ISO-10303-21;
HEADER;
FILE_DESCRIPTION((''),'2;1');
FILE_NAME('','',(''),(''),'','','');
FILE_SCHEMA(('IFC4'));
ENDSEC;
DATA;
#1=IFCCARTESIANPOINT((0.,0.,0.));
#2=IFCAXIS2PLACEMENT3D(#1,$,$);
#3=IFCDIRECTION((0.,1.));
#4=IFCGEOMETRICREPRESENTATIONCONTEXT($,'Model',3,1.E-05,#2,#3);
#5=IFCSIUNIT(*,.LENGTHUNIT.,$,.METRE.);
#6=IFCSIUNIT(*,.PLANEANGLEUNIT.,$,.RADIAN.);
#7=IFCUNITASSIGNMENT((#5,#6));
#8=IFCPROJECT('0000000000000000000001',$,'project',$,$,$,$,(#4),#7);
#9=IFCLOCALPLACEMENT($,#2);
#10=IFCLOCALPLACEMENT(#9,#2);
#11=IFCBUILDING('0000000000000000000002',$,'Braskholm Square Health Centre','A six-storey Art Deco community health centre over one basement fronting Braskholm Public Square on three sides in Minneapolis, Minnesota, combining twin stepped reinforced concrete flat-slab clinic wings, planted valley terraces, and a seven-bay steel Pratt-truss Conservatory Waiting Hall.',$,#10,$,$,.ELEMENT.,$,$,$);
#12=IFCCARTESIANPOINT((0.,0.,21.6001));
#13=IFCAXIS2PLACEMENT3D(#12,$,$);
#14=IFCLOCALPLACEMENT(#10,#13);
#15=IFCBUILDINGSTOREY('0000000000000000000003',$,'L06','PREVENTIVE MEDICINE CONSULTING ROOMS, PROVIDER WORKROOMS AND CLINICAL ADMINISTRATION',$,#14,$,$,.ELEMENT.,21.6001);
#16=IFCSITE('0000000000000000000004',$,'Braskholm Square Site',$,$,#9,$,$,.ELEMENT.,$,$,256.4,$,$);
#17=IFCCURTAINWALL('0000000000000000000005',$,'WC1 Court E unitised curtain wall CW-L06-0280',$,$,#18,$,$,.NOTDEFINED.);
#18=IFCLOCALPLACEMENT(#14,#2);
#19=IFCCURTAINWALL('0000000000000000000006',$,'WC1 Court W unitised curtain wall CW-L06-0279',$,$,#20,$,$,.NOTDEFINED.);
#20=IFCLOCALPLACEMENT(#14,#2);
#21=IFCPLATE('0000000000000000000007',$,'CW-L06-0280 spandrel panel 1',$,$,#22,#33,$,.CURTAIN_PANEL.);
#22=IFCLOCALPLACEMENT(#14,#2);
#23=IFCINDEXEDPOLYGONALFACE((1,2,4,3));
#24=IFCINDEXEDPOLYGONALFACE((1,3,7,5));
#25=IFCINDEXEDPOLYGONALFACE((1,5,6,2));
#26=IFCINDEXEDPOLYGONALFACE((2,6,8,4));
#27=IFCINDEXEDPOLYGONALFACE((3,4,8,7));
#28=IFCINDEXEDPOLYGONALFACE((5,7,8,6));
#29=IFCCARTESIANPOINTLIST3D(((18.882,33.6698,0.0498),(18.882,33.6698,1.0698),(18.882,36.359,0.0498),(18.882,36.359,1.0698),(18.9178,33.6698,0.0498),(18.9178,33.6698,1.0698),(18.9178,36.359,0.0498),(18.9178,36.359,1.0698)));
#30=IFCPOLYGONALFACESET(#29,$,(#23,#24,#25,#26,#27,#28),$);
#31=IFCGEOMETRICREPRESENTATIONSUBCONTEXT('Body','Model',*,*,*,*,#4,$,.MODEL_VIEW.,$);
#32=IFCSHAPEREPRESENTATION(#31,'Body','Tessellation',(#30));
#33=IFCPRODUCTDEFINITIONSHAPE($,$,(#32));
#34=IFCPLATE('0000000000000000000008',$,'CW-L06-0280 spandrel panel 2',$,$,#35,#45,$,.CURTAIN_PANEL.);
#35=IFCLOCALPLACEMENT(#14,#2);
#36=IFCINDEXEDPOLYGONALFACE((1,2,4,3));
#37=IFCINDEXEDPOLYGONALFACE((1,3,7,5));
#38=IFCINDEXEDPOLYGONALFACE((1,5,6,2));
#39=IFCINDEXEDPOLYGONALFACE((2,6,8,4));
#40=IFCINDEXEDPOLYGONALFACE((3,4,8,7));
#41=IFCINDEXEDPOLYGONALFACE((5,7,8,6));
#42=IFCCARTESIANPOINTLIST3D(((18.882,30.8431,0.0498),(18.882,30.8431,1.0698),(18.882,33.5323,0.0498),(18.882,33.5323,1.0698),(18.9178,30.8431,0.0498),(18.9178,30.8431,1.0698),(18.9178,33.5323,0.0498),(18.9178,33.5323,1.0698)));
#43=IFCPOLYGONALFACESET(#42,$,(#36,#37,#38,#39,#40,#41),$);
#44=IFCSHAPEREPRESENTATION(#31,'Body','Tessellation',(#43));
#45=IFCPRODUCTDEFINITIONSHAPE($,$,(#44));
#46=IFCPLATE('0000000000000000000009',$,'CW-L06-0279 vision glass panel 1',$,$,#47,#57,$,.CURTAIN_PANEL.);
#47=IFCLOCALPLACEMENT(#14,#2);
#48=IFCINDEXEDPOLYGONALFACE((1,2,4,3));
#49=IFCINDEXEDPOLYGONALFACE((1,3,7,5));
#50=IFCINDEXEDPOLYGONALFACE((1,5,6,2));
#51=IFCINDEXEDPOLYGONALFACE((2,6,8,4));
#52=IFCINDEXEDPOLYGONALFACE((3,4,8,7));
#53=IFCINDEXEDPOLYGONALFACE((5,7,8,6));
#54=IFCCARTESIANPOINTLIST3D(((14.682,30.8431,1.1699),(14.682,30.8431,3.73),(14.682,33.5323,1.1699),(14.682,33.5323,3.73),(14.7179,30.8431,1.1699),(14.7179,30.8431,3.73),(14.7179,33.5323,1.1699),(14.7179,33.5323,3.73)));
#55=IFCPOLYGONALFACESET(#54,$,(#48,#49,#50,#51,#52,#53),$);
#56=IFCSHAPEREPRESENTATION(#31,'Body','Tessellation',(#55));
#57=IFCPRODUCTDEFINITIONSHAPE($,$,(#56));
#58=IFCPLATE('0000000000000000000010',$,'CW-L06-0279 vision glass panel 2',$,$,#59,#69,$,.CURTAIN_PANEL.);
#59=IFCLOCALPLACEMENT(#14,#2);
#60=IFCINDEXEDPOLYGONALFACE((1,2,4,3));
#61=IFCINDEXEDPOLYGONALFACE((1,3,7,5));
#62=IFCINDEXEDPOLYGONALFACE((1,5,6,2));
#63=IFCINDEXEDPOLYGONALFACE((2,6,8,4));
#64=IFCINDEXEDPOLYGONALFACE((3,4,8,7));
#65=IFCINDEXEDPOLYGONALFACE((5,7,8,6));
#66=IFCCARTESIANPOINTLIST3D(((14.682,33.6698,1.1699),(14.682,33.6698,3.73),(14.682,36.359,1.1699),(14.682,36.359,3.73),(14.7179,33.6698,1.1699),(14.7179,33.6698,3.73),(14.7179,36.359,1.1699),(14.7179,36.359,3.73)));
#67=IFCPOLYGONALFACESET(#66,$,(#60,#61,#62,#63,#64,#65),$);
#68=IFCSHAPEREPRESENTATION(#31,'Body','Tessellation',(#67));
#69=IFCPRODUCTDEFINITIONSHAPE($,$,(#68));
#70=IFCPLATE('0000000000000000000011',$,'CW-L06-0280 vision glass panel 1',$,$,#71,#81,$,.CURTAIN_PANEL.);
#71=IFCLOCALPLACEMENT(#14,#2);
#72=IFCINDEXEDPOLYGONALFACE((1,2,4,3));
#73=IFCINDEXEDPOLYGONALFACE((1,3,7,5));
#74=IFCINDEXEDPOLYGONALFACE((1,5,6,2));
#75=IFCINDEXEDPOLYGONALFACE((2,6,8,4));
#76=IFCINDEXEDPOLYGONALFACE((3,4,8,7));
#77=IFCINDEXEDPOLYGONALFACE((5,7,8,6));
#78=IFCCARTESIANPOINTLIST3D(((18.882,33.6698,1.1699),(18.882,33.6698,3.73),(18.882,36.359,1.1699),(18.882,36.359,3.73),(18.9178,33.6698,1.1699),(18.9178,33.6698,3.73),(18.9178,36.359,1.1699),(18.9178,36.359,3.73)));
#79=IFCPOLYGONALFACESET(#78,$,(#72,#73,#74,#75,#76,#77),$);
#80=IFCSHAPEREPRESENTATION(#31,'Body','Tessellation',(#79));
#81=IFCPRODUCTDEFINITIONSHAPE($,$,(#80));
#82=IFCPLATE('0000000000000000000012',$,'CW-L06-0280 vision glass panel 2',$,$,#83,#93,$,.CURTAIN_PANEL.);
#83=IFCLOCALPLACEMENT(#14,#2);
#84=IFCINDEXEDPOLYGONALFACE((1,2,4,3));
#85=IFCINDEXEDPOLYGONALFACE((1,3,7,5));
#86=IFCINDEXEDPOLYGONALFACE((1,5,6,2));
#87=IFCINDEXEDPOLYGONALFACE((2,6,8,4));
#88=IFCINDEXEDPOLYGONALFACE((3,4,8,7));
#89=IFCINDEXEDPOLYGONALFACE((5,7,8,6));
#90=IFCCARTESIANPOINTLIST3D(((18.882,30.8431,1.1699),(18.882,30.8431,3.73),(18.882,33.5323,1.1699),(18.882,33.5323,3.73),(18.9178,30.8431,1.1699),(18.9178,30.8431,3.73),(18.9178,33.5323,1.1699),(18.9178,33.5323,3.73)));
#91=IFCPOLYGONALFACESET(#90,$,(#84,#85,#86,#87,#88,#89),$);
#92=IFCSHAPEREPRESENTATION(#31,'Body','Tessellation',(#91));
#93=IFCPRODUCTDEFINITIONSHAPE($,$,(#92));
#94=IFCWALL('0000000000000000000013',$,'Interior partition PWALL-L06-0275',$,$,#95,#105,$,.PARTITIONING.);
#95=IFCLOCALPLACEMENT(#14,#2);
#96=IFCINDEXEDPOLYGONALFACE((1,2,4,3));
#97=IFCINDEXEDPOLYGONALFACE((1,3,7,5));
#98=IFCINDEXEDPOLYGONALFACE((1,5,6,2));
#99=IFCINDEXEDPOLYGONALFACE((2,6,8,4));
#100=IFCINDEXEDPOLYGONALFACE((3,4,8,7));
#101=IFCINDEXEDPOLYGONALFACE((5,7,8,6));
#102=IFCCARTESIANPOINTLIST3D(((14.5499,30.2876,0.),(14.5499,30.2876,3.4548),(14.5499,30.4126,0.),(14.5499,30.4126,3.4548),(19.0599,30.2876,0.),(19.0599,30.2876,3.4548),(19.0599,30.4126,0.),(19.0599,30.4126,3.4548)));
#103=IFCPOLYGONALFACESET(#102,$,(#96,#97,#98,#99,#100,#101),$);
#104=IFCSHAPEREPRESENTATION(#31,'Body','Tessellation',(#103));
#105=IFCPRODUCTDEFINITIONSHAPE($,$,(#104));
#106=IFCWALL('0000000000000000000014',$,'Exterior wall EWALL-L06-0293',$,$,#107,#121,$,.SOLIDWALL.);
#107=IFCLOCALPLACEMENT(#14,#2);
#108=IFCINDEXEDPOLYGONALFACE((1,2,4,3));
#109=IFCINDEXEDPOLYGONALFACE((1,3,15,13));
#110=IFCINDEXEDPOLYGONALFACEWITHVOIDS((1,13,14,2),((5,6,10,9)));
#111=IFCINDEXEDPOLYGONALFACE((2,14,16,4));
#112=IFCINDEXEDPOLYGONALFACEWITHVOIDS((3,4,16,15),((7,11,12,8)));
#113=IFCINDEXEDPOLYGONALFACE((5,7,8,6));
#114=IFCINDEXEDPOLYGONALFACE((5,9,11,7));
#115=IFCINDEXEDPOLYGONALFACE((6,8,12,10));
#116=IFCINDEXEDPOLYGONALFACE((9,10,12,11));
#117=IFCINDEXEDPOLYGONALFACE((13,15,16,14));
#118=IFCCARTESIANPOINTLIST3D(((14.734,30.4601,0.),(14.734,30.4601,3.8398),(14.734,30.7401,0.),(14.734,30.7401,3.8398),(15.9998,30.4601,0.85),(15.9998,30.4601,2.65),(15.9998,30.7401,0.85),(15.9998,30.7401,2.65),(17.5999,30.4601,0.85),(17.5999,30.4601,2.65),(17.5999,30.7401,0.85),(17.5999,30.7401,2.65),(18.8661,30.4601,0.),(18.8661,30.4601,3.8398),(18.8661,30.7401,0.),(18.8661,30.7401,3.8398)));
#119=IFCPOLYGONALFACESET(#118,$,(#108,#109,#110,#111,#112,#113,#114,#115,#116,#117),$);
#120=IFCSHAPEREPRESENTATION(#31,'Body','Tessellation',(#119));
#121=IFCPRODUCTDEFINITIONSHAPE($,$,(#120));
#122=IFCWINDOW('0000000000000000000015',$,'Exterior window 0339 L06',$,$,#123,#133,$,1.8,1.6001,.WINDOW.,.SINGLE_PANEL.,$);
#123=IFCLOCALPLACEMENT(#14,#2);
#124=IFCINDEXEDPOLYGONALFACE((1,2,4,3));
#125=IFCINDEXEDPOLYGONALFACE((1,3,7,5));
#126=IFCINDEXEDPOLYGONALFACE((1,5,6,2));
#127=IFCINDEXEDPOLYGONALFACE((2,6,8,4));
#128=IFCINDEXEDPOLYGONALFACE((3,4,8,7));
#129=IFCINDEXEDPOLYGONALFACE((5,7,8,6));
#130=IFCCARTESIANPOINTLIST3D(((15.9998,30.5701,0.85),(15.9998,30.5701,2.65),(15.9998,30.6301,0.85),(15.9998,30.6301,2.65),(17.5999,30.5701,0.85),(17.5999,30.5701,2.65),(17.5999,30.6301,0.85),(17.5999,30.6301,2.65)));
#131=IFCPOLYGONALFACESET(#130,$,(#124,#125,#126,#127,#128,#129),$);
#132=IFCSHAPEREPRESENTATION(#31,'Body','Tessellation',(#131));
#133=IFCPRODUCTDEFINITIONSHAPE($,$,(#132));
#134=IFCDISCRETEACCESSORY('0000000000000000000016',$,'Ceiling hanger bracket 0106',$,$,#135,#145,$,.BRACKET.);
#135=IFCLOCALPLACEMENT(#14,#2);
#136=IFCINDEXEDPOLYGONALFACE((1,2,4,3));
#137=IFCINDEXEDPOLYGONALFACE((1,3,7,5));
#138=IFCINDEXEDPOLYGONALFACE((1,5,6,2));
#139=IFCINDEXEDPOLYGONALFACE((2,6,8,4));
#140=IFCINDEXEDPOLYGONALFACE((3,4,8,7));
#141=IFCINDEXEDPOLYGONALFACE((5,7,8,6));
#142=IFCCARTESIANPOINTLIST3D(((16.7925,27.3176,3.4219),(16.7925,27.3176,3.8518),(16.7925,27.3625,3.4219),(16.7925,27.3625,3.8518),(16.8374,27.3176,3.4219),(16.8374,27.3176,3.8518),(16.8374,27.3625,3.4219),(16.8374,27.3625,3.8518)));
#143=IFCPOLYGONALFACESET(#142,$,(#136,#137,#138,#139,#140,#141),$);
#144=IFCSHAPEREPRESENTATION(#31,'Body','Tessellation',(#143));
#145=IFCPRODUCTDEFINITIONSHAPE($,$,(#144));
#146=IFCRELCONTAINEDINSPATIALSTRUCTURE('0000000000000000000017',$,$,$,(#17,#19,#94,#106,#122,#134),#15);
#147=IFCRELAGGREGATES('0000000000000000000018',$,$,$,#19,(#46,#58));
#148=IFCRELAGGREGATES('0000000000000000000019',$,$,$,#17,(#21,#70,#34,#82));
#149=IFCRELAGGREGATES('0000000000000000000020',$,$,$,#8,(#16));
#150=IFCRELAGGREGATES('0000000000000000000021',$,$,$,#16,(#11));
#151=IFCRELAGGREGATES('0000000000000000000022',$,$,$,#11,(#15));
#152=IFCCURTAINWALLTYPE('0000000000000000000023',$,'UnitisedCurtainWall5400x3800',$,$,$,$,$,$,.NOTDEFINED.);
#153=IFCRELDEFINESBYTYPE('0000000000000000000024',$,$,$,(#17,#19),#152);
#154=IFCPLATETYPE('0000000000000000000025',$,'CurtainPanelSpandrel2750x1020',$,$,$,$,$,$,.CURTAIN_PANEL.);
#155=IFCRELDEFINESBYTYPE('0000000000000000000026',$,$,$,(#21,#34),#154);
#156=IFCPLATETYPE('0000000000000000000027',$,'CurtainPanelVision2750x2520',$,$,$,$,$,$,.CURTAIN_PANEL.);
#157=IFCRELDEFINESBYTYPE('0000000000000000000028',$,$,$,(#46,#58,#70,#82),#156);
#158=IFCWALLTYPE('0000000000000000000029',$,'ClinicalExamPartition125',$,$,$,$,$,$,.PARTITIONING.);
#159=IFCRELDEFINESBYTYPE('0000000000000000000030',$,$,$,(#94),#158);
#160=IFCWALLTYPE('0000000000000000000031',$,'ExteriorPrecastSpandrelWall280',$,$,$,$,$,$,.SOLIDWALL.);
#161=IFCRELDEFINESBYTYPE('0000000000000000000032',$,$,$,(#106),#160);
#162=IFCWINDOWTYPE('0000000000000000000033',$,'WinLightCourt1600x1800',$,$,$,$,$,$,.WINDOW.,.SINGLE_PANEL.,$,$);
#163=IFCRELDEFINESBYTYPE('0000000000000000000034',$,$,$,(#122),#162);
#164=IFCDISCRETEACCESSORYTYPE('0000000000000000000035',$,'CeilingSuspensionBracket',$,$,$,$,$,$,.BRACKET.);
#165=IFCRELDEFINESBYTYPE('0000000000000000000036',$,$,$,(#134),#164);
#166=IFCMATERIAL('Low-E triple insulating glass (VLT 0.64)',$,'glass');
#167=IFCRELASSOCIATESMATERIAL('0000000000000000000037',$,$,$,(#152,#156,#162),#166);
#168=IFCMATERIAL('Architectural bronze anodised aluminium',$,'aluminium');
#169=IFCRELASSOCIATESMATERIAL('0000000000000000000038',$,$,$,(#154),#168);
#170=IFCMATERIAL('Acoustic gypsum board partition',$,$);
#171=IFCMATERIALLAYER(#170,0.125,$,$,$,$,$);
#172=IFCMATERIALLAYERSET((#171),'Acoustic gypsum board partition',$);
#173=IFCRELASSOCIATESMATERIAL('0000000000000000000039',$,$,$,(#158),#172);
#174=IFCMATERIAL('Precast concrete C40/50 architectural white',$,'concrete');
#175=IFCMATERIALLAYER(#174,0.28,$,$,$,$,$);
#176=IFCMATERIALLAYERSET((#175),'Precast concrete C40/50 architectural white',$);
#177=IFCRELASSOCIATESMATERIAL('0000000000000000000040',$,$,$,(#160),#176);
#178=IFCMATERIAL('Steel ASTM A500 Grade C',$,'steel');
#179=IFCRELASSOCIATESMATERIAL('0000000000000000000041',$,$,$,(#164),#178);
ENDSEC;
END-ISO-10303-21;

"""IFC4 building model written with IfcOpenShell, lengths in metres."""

from ifc_helpers import new_model, si_unit, direction, frame, frame_2d, origin, origin_with_axes, origin_2d, place, context, subcontext, project, spatial, rectangle, extrude, material, layer, layer_set, type_object, element, fill, aggregate, save


model = new_model("IFC4")

# Units and contexts
model_context = context("Model", 3, precision=1e-05, world=origin(), true_north=direction((0.0, 1.0)))
body_context = subcontext(model_context, "Body", "Model", "MODEL_VIEW")
ifc_project = project(units=[si_unit("LENGTHUNIT", "METRE"), si_unit("PLANEANGLEUNIT", "RADIAN")], contexts=[model_context])

# Site, building, storey
site_placement = place(None, origin())
site = spatial("IfcSite", under=ifc_project, at=site_placement, Name="Braskholm Square Site", CompositionType="ELEMENT", RefElevation=256.4)
building_placement = place(site_placement, origin())
building = spatial("IfcBuilding", under=site, at=building_placement, Name="Braskholm Square Health Centre", Description="A six-storey Art Deco community health centre over one basement fronting Braskholm Public Square on three sides in Minneapolis, Minnesota, combining twin stepped reinforced concrete flat-slab clinic wings, planted valley terraces, and a seven-bay steel Pratt-truss Conservatory Waiting Hall.", CompositionType="ELEMENT")
storey_placement = place(building_placement, frame((0.0, 0.0, 21.6001)))
storey = spatial("IfcBuildingStorey", under=building, at=storey_placement, Name="L06", Description="PREVENTIVE MEDICINE CONSULTING ROOMS, PROVIDER WORKROOMS AND CLINICAL ADMINISTRATION", CompositionType="ELEMENT", Elevation=21.6001)

# Curtain walls
ifc_material_1 = material(Name="Low-E triple insulating glass (VLT 0.64)", Category="glass")
curtain_wall_type = type_object("IfcCurtainWallType", Name="UnitisedCurtainWall5400x3800", PredefinedType="NOTDEFINED", material=ifc_material_1)
curtain_wall_1_placement = place(storey_placement, origin())
curtain_wall_1 = element("IfcCurtainWall", 1, at=curtain_wall_1_placement, inside=storey, type_object=curtain_wall_type, Name="WC1 Court E unitised curtain wall CW-L06-0280", PredefinedType="NOTDEFINED")
ifc_material_2 = material(Name="Architectural bronze anodised aluminium", Category="aluminium")
curtain_wall_2_placement = place(storey_placement, origin())
curtain_wall_2 = element("IfcCurtainWall", 2, at=curtain_wall_2_placement, inside=storey, type_object=curtain_wall_type, Name="WC1 Court W unitised curtain wall CW-L06-0279", PredefinedType="NOTDEFINED")

# Plates
plate_type_1 = type_object("IfcPlateType", Name="CurtainPanelSpandrel2750x1020", PredefinedType="CURTAIN_PANEL", material=ifc_material_2)
plate_1_placement = place(storey_placement, frame((18.8999, 35.0144, 0.0498), z_axis=(0.0, 0.0, 1.0), x_axis=(0.0, -1.0, 0.0)))
plate_1 = element("IfcPlate", 3, at=plate_1_placement, type_object=plate_type_1, Name="CW-L06-0280 spandrel panel 1", PredefinedType="CURTAIN_PANEL", context=body_context, shape_type="SweptSolid", body=[
    extrude(rectangle(XDim=2.6892, YDim=0.0359, at=origin_2d()), origin(), (0.0, 0.0, 1.0), 1.02),
])
plate_2_placement = place(storey_placement, frame((18.8999, 32.1877, 0.0498), z_axis=(0.0, 0.0, 1.0), x_axis=(0.0, -1.0, 0.0)))
plate_2 = element("IfcPlate", 4, at=plate_2_placement, type_object=plate_type_1, Name="CW-L06-0280 spandrel panel 2", PredefinedType="CURTAIN_PANEL", context=body_context, shape_type="SweptSolid", body=[
    extrude(rectangle(XDim=2.6892, YDim=0.0359, at=origin_2d()), origin(), (0.0, 0.0, 1.0), 1.02),
])
plate_type_2 = type_object("IfcPlateType", Name="CurtainPanelVision2750x2520", PredefinedType="CURTAIN_PANEL", material=ifc_material_1)
plate_3_placement = place(storey_placement, frame((14.7, 32.1877, 1.1699), z_axis=(0.0, 0.0, 1.0), x_axis=(0.0, 1.0, 0.0)))
plate_3 = element("IfcPlate", 5, at=plate_3_placement, type_object=plate_type_2, Name="CW-L06-0279 vision glass panel 1", PredefinedType="CURTAIN_PANEL", context=body_context, shape_type="SweptSolid", body=[
    extrude(rectangle(XDim=2.6892, YDim=0.0359, at=origin_2d()), origin(), (0.0, 0.0, 1.0), 2.5601),
])
plate_4_placement = place(storey_placement, frame((14.7, 35.0144, 1.1699), z_axis=(0.0, 0.0, 1.0), x_axis=(0.0, 1.0, 0.0)))
plate_4 = element("IfcPlate", 6, at=plate_4_placement, type_object=plate_type_2, Name="CW-L06-0279 vision glass panel 2", PredefinedType="CURTAIN_PANEL", context=body_context, shape_type="SweptSolid", body=[
    extrude(rectangle(XDim=2.6892, YDim=0.0359, at=origin_2d()), origin(), (0.0, 0.0, 1.0), 2.5601),
])
aggregate(curtain_wall_2, [plate_3, plate_4])
plate_5_placement = place(storey_placement, frame((18.8999, 35.0144, 1.1699), z_axis=(0.0, 0.0, 1.0), x_axis=(0.0, -1.0, 0.0)))
plate_5 = element("IfcPlate", 7, at=plate_5_placement, type_object=plate_type_2, Name="CW-L06-0280 vision glass panel 1", PredefinedType="CURTAIN_PANEL", context=body_context, shape_type="SweptSolid", body=[
    extrude(rectangle(XDim=2.6892, YDim=0.0359, at=origin_2d()), origin(), (0.0, 0.0, 1.0), 2.5601),
])
plate_6_placement = place(storey_placement, frame((18.8999, 32.1877, 1.1699), z_axis=(0.0, 0.0, 1.0), x_axis=(0.0, -1.0, 0.0)))
plate_6 = element("IfcPlate", 8, at=plate_6_placement, type_object=plate_type_2, Name="CW-L06-0280 vision glass panel 2", PredefinedType="CURTAIN_PANEL", context=body_context, shape_type="SweptSolid", body=[
    extrude(rectangle(XDim=2.6892, YDim=0.0359, at=origin_2d()), origin(), (0.0, 0.0, 1.0), 2.5601),
])
aggregate(curtain_wall_1, [plate_1, plate_5, plate_2, plate_6])

# Wall
ifc_material_3 = material(Name="Acoustic gypsum board partition")
ifc_layer_1 = layer(ifc_material_3, 0.125)
ifc_layer_set_1 = layer_set([ifc_layer_1], Name="Acoustic gypsum board partition")
wall_type_1 = type_object("IfcWallType", Name="ClinicalExamPartition125", PredefinedType="PARTITIONING", material=ifc_layer_set_1)
wall_1_placement = place(storey_placement, frame((14.55, 30.3501, 0.0), z_axis=(0.0, 0.0, 1.0), x_axis=(1.0, 0.0, 0.0)))
element("IfcWall", 9, at=wall_1_placement, inside=storey, type_object=wall_type_1, Name="Interior partition PWALL-L06-0275", PredefinedType="PARTITIONING", context=body_context, shape_type="SweptSolid", body=[
    extrude(rectangle(XDim=4.51, YDim=0.125, at=frame_2d((2.2549, 0.0))), origin(), (0.0, 0.0, 1.0), 3.4548),
])

# Wall, opening, window
ifc_material_4 = material(Name="Precast concrete C40/50 architectural white", Category="concrete")
ifc_layer_2 = layer(ifc_material_4, 0.28)
ifc_layer_set_2 = layer_set([ifc_layer_2], Name="Precast concrete C40/50 architectural white")
wall_type_2 = type_object("IfcWallType", Name="ExteriorPrecastSpandrelWall280", PredefinedType="SOLIDWALL", material=ifc_layer_set_2)
wall_2_placement = place(storey_placement, frame((18.866, 30.6001, 0.0), z_axis=(0.0, 0.0, 1.0), x_axis=(-1.0, 0.0, 0.0)))
wall_2 = element("IfcWall", 10, at=wall_2_placement, inside=storey, type_object=wall_type_2, Name="Exterior wall EWALL-L06-0293", PredefinedType="SOLIDWALL", context=body_context, shape_type="SweptSolid", body=[
    extrude(rectangle(XDim=4.1321, YDim=0.28, at=frame_2d((2.0659, 0.0))), origin(), (0.0, 0.0, 1.0), 3.8398),
])
opening_placement = place(wall_2_placement, frame((1.2661, 0.0, 0.8501)))
opening = element("IfcOpeningElement", 11, at=opening_placement, cuts=wall_2, PredefinedType="OPENING", context=body_context, shape_type="SweptSolid", body=[
    extrude(rectangle(XDim=1.6001, YDim=1.8, at=frame_2d((0.8, 0.8999))), frame((0.0, 0.1499, 0.0), z_axis=(0.0, -1.0, 0.0), x_axis=(1.0, 0.0, 0.0)), (0.0, 0.0, 1.0), 0.3),
])
window_type = type_object("IfcWindowType", Name="WinLightCourt1600x1800", PartitioningType="SINGLE_PANEL", PredefinedType="WINDOW", material=ifc_material_1)
window_placement = place(opening_placement, origin_with_axes())
window = element("IfcWindow", 12, at=window_placement, inside=storey, type_object=window_type, Name="Exterior window 0339 L06", OverallHeight=1.8, OverallWidth=1.6001, PartitioningType="SINGLE_PANEL", PredefinedType="WINDOW", context=body_context, shape_type="SweptSolid", body=[
    extrude(rectangle(XDim=1.6001, YDim=1.8, at=frame_2d((0.8, 0.8999))), frame((0.0, 0.03, 0.0), z_axis=(0.0, -1.0, 0.0), x_axis=(1.0, 0.0, 0.0)), (0.0, 0.0, 1.0), 0.0601),
])
fill(opening, window)

# Discrete accessory
ifc_material_5 = material(Name="Steel ASTM A500 Grade C", Category="steel")
discrete_accessory_type = type_object("IfcDiscreteAccessoryType", Name="CeilingSuspensionBracket", PredefinedType="BRACKET", material=ifc_material_5)
discrete_accessory_placement = place(storey_placement, frame((16.8149, 27.3401, 3.4219), z_axis=(0.0, 0.0, 1.0), x_axis=(1.0, 0.0, 0.0)))
element("IfcDiscreteAccessory", 13, at=discrete_accessory_placement, inside=storey, type_object=discrete_accessory_type, Name="Ceiling hanger bracket 0106", PredefinedType="BRACKET", context=body_context, shape_type="SweptSolid", body=[
    extrude(rectangle(XDim=0.0449, YDim=0.0449, at=origin_2d()), origin(), (0.0, 0.0, 1.0), 0.4299),
])

save(model, "model.ifc")
